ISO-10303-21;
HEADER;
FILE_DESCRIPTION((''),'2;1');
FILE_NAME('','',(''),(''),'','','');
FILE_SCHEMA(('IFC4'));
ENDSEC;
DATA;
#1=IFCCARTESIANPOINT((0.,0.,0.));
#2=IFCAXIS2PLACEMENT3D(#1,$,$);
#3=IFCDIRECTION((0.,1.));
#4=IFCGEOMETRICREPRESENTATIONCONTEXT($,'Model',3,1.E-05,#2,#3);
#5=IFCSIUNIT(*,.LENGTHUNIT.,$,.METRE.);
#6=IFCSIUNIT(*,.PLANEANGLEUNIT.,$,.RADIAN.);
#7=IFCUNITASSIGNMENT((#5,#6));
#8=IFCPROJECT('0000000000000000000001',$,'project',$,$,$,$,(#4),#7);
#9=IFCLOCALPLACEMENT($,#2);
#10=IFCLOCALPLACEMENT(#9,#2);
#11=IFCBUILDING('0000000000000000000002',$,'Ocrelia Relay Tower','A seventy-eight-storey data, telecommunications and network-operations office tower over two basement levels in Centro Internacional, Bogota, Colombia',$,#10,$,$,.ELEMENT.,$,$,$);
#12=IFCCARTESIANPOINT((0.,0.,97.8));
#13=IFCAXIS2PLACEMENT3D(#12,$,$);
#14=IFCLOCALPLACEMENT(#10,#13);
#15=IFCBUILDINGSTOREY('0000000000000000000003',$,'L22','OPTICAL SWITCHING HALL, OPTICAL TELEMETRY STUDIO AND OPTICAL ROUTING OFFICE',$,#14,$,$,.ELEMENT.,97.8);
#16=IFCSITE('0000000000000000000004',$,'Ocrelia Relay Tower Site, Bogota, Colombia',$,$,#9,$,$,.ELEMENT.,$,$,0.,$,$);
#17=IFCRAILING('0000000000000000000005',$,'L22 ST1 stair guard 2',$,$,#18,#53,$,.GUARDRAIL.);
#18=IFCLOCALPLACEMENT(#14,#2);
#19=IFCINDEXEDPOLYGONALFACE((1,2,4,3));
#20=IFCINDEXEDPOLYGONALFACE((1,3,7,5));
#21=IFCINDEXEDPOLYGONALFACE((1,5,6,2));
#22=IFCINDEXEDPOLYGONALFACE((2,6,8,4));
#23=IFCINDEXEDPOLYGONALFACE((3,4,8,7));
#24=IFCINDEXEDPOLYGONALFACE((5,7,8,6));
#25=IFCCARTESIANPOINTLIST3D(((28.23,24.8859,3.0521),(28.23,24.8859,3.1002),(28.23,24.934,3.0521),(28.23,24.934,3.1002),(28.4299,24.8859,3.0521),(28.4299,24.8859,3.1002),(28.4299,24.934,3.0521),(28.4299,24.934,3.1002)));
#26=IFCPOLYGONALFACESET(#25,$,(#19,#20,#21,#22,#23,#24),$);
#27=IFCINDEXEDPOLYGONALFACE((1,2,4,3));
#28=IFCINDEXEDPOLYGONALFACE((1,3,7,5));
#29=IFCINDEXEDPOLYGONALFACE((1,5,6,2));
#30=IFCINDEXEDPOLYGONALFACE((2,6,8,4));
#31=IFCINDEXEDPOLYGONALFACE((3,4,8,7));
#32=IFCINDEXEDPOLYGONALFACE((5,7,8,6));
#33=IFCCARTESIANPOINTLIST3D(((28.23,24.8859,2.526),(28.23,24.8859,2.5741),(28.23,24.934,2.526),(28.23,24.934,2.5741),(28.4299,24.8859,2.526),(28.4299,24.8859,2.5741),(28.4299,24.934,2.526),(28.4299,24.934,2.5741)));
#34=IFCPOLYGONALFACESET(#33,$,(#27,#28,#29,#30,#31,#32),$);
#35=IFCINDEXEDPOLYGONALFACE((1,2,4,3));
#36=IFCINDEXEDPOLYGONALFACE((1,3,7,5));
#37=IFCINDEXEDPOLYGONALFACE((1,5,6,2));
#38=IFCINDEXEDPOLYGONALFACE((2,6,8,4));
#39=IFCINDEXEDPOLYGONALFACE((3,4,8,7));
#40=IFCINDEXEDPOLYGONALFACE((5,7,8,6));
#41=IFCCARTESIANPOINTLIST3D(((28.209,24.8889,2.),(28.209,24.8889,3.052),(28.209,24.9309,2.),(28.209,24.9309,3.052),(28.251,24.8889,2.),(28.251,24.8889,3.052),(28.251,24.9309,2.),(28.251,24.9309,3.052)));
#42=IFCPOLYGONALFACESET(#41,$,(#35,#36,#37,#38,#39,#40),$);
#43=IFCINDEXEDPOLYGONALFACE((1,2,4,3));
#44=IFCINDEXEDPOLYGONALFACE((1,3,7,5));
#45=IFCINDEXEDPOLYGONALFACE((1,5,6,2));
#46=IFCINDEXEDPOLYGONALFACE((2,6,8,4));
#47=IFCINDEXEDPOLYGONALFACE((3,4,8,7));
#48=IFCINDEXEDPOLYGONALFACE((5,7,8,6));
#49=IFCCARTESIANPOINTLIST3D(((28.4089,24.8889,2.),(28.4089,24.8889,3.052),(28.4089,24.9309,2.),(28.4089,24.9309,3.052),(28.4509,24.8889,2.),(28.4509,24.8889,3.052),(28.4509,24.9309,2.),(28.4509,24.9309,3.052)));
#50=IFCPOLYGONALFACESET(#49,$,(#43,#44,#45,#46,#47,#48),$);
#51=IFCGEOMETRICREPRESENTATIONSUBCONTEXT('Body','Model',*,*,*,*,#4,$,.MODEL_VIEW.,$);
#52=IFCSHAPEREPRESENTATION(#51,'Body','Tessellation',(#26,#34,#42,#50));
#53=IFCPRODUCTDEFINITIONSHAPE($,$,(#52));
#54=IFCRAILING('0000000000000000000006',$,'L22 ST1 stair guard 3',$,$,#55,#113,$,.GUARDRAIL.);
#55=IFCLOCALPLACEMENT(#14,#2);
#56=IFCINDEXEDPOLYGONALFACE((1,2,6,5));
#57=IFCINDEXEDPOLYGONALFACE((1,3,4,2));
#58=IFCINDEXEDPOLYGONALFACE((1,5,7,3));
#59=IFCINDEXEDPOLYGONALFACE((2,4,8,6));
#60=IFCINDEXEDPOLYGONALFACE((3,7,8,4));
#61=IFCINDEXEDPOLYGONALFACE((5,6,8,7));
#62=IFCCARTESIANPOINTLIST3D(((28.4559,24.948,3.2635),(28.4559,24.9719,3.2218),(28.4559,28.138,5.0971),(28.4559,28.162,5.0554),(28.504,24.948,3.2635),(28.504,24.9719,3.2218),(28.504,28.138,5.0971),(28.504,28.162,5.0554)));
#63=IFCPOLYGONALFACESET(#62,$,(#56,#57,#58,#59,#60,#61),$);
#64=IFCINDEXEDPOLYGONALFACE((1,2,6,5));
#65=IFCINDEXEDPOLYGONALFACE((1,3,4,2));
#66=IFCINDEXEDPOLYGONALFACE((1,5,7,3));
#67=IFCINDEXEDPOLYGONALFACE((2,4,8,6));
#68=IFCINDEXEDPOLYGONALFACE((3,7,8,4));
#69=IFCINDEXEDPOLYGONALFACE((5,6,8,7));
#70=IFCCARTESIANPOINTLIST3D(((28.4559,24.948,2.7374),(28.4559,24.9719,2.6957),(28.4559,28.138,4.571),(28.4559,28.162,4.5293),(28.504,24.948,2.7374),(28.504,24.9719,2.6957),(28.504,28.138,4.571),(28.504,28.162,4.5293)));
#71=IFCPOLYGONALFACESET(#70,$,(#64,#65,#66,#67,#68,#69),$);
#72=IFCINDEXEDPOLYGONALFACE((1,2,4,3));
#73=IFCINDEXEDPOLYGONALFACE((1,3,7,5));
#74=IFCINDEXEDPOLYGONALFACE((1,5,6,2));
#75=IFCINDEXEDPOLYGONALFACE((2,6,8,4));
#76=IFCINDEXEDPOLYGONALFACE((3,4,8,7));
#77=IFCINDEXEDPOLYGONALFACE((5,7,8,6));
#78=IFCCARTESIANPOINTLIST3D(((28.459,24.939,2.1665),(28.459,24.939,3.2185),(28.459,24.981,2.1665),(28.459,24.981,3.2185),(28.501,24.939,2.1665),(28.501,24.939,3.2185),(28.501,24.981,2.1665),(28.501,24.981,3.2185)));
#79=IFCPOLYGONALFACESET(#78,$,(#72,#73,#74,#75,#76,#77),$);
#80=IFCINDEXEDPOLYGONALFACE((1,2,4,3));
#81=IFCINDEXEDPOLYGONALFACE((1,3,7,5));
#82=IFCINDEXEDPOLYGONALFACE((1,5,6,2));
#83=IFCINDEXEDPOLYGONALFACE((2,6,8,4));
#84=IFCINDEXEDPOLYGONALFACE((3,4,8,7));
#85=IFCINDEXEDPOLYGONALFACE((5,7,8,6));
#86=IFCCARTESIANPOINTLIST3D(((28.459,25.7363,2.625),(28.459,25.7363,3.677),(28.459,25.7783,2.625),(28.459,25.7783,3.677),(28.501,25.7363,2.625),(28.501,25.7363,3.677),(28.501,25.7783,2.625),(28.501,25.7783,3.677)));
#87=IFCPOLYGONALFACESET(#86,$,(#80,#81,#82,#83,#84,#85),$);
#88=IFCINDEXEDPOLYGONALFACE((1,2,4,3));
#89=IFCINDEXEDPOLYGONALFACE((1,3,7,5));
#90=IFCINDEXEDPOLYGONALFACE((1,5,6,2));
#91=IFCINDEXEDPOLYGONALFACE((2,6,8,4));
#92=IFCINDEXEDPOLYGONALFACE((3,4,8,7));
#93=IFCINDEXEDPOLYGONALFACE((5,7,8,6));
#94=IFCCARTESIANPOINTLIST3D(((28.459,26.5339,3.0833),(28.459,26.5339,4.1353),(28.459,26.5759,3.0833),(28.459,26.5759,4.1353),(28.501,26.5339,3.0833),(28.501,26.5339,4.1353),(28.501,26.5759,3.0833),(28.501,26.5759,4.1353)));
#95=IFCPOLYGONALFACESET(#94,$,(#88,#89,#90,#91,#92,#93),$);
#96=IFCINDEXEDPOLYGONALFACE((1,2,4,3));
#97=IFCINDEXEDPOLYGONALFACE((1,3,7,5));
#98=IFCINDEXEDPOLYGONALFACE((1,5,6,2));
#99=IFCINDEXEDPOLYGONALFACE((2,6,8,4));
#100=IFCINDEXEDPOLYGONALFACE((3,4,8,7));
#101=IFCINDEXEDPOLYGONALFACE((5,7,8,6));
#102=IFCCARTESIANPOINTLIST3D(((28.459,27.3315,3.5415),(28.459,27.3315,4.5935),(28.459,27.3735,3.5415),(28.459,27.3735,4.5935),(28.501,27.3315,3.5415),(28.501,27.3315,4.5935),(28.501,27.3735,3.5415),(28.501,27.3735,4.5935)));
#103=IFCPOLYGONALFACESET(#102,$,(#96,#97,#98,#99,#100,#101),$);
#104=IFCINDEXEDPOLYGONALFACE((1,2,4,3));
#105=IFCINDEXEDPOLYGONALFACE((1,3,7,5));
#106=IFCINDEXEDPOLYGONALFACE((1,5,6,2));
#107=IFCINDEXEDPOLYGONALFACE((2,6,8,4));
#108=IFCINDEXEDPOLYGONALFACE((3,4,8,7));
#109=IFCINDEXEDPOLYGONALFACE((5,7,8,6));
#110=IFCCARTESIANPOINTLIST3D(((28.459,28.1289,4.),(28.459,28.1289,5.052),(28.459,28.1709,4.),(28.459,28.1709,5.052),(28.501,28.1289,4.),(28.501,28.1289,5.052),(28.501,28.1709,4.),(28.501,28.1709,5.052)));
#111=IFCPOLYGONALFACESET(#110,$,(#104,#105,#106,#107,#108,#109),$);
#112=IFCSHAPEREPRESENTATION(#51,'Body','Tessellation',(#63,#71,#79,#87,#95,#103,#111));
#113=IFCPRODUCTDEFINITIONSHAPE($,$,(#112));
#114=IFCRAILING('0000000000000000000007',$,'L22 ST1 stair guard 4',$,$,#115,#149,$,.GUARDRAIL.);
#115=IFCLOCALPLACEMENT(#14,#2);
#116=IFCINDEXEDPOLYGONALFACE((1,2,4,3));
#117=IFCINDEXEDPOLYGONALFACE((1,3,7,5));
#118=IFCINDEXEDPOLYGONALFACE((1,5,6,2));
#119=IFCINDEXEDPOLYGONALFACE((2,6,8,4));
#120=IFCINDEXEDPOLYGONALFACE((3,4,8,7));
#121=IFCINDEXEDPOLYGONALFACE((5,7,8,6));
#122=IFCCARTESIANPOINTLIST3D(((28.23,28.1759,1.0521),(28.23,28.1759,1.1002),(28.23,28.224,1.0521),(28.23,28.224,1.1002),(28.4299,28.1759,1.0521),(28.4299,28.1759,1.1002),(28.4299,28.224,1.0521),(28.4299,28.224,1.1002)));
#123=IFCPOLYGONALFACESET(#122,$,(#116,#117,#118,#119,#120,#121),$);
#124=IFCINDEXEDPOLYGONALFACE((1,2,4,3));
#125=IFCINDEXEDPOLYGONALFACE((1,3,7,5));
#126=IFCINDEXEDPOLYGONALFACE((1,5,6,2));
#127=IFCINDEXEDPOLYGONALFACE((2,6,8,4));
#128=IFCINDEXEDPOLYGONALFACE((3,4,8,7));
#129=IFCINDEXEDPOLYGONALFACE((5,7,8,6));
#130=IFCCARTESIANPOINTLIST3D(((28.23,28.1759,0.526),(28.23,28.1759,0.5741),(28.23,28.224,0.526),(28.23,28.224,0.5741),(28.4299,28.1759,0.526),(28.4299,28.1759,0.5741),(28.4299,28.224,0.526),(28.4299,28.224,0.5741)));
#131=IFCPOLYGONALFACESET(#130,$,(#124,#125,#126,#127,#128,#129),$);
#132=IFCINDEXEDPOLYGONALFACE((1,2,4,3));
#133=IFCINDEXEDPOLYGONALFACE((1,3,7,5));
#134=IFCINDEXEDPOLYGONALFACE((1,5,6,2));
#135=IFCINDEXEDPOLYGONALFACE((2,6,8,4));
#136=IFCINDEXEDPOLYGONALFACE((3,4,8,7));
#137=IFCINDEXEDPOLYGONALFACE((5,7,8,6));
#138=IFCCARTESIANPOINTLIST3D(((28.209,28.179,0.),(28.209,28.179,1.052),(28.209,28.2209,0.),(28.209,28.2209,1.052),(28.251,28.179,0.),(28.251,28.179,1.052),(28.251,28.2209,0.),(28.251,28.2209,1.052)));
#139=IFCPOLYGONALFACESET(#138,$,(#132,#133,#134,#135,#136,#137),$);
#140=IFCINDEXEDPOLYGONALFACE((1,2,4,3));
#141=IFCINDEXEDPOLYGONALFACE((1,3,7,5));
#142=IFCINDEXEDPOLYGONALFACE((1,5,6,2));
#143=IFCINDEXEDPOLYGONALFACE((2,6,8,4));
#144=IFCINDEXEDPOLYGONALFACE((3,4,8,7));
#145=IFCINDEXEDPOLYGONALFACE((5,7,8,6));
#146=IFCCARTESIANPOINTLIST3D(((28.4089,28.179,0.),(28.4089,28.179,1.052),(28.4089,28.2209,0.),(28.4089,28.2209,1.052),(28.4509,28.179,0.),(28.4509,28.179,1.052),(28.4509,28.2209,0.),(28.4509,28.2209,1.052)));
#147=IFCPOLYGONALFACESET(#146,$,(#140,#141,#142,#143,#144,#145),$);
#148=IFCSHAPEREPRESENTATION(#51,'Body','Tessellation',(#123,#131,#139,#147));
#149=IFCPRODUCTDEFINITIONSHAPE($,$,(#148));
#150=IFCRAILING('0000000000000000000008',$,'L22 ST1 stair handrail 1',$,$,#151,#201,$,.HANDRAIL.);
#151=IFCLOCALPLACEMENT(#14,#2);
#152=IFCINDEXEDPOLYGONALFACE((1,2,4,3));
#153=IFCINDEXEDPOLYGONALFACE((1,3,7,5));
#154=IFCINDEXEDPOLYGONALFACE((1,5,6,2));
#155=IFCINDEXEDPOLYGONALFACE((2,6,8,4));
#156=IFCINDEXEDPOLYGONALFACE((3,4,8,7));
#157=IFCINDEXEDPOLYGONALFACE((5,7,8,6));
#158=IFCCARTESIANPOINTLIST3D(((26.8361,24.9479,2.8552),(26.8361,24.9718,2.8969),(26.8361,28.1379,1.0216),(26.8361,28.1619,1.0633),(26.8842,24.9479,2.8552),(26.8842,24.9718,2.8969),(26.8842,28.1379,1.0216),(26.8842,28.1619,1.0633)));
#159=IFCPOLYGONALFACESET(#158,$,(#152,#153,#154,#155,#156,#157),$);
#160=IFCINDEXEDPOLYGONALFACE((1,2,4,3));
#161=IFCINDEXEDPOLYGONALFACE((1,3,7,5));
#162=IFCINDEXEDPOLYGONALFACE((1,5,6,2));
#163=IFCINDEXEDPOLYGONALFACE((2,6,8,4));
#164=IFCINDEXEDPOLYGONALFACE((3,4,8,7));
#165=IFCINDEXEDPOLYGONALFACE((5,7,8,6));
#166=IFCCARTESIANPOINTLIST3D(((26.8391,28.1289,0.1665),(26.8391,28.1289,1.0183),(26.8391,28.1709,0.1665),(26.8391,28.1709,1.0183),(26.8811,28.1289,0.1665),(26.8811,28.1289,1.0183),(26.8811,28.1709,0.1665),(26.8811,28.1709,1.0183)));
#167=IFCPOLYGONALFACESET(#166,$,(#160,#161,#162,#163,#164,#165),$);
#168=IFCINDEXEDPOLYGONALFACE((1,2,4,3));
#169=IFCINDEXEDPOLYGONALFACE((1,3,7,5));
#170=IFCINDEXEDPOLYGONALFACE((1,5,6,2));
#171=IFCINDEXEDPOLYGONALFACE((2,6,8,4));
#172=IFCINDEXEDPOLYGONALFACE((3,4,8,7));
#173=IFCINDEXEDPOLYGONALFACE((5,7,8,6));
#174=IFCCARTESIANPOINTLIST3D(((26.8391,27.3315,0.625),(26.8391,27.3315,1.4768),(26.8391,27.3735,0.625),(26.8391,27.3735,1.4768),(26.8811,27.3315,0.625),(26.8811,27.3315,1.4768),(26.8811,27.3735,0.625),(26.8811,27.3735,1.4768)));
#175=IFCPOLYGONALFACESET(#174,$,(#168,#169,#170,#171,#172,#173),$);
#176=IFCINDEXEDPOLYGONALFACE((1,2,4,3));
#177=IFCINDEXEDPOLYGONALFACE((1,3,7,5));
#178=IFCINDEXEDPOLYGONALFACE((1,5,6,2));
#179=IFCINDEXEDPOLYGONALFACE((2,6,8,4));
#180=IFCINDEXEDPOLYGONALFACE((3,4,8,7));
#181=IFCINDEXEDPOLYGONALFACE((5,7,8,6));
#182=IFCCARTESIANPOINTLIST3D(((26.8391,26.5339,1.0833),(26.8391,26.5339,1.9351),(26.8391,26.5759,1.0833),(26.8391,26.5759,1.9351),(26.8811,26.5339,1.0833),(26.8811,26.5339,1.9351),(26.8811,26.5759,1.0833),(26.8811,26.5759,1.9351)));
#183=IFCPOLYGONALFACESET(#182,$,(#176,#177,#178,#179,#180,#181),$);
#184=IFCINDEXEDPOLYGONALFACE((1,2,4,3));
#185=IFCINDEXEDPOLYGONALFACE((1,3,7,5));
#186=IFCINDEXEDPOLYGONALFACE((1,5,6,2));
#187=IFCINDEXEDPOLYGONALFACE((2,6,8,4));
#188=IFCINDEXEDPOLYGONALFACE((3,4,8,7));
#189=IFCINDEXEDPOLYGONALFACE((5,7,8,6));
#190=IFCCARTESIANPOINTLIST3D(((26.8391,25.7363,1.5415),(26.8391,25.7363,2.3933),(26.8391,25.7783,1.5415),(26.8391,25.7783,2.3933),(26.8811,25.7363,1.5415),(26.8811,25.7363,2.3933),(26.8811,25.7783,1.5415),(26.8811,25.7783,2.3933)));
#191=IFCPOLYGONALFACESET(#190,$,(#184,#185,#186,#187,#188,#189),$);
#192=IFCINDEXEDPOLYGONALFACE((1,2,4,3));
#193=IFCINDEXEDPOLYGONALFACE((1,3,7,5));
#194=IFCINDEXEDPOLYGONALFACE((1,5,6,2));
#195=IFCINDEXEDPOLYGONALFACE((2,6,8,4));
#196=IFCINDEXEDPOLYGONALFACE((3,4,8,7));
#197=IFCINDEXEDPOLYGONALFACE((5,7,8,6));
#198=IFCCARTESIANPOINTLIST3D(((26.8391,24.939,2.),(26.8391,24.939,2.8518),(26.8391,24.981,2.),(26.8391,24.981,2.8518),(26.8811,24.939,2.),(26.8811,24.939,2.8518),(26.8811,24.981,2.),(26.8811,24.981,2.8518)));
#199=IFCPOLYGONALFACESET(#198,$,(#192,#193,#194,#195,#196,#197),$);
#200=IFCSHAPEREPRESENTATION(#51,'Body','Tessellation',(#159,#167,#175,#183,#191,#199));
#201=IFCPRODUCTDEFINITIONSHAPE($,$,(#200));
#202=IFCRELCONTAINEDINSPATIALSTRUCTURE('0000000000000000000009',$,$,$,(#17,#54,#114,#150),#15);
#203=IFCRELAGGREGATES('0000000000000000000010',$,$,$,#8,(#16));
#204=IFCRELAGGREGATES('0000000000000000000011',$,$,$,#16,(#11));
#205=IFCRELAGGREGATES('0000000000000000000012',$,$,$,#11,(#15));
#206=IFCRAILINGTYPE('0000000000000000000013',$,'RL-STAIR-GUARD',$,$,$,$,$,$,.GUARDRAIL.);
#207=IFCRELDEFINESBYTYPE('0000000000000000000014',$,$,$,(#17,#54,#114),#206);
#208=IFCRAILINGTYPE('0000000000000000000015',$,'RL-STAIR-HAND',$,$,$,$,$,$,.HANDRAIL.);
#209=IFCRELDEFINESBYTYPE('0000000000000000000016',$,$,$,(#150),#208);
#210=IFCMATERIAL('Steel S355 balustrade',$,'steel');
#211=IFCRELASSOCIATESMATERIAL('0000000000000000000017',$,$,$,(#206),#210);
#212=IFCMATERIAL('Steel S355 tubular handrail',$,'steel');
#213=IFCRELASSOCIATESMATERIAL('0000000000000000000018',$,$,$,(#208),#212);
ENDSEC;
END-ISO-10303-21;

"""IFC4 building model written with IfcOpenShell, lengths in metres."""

from ifc_helpers import new_model, si_unit, direction, frame, origin, origin_2d, place, context, subcontext, project, spatial, rectangle, extrude, material, type_object, element, save


model = new_model("IFC4")

# Units and contexts
model_context = context("Model", 3, precision=1e-05, world=origin(), true_north=direction((0.0, 1.0)))
body_context = subcontext(model_context, "Body", "Model", "MODEL_VIEW")
ifc_project = project(units=[si_unit("LENGTHUNIT", "METRE"), si_unit("PLANEANGLEUNIT", "RADIAN")], contexts=[model_context])

# Site, building, storey
site_placement = place(None, origin())
site = spatial("IfcSite", under=ifc_project, at=site_placement, Name="Ocrelia Relay Tower Site, Bogota, Colombia", CompositionType="ELEMENT", RefElevation=0.0)
building_placement = place(site_placement, origin())
building = spatial("IfcBuilding", under=site, at=building_placement, Name="Ocrelia Relay Tower", Description="A seventy-eight-storey data, telecommunications and network-operations office tower over two basement levels in Centro Internacional, Bogota, Colombia", CompositionType="ELEMENT")
storey_placement = place(building_placement, frame((0.0, 0.0, 97.8)))
storey = spatial("IfcBuildingStorey", under=building, at=storey_placement, Name="L22", Description="OPTICAL SWITCHING HALL, OPTICAL TELEMETRY STUDIO AND OPTICAL ROUTING OFFICE", CompositionType="ELEMENT", Elevation=97.8)

# Railings
ifc_material_1 = material(Name="Steel S355 balustrade", Category="steel")
railing_type_1 = type_object("IfcRailingType", Name="RL-STAIR-GUARD", PredefinedType="GUARDRAIL", material=ifc_material_1)
railing_1_placement = place(storey_placement, frame((28.23, 24.9099, 2.0)))
element("IfcRailing", 1, at=railing_1_placement, inside=storey, type_object=railing_type_1, Name="L22 ST1 stair guard 2", PredefinedType="GUARDRAIL", context=body_context, shape_type="SweptSolid", body=[
    extrude(rectangle(XDim=0.0481, YDim=0.0481, at=origin_2d()), frame((0.0, 0.0, 1.0762), z_axis=(1.0, 0.0, 0.0), x_axis=(0.0, 1.0, 0.0)), (0.0, 0.0, 1.0), 0.2),
    extrude(rectangle(XDim=0.0481, YDim=0.0481, at=origin_2d()), frame((0.0, 0.0, 0.55), z_axis=(1.0, 0.0, 0.0), x_axis=(0.0, 1.0, 0.0)), (0.0, 0.0, 1.0), 0.2),
    extrude(rectangle(XDim=0.042, YDim=0.042, at=origin_2d()), origin(), (0.0, 0.0, 1.0), 1.052),
    extrude(rectangle(XDim=0.042, YDim=0.042, at=origin_2d()), frame((0.2, 0.0, 0.0)), (0.0, 0.0, 1.0), 1.052),
])
railing_2_placement = place(storey_placement, frame((28.48, 24.96, 2.1665)))
element("IfcRailing", 2, at=railing_2_placement, inside=storey, type_object=railing_type_1, Name="L22 ST1 stair guard 3", PredefinedType="GUARDRAIL", context=body_context, shape_type="SweptSolid", body=[
    extrude(rectangle(XDim=0.0481, YDim=0.0481, at=origin_2d()), frame((0.0, 0.0, 1.0762), z_axis=(0.0, 0.866991, 0.498324), x_axis=(-1.0, 0.0, 0.0)), (0.0, 0.0, 1.0), 3.6794),
    extrude(rectangle(XDim=0.0481, YDim=0.0481, at=origin_2d()), frame((0.0, 0.0, 0.55), z_axis=(0.0, 0.866991, 0.498324), x_axis=(-1.0, 0.0, 0.0)), (0.0, 0.0, 1.0), 3.6794),
    extrude(rectangle(XDim=0.042, YDim=0.042, at=origin_2d()), origin(), (0.0, 0.0, 1.0), 1.052),
    extrude(rectangle(XDim=0.042, YDim=0.042, at=origin_2d()), frame((0.0, 0.7974, 0.4585)), (0.0, 0.0, 1.0), 1.052),
    extrude(rectangle(XDim=0.042, YDim=0.042, at=origin_2d()), frame((0.0, 1.595, 0.9167)), (0.0, 0.0, 1.0), 1.052),
    extrude(rectangle(XDim=0.042, YDim=0.042, at=origin_2d()), frame((0.0, 2.3926, 1.375)), (0.0, 0.0, 1.0), 1.052),
    extrude(rectangle(XDim=0.042, YDim=0.042, at=origin_2d()), frame((0.0, 3.1899, 1.8335)), (0.0, 0.0, 1.0), 1.052),
])
railing_3_placement = place(storey_placement, frame((28.23, 28.2, 0.0)))
element("IfcRailing", 3, at=railing_3_placement, inside=storey, type_object=railing_type_1, Name="L22 ST1 stair guard 4", PredefinedType="GUARDRAIL", context=body_context, shape_type="SweptSolid", body=[
    extrude(rectangle(XDim=0.0481, YDim=0.0481, at=origin_2d()), frame((0.0, 0.0, 1.0762), z_axis=(1.0, 0.0, 0.0), x_axis=(0.0, 1.0, 0.0)), (0.0, 0.0, 1.0), 0.2),
    extrude(rectangle(XDim=0.0481, YDim=0.0481, at=origin_2d()), frame((0.0, 0.0, 0.55), z_axis=(1.0, 0.0, 0.0), x_axis=(0.0, 1.0, 0.0)), (0.0, 0.0, 1.0), 0.2),
    extrude(rectangle(XDim=0.042, YDim=0.042, at=origin_2d()), origin(), (0.0, 0.0, 1.0), 1.052),
    extrude(rectangle(XDim=0.042, YDim=0.042, at=origin_2d()), frame((0.2, 0.0, 0.0)), (0.0, 0.0, 1.0), 1.052),
])
ifc_material_2 = material(Name="Steel S355 tubular handrail", Category="steel")
railing_type_2 = type_object("IfcRailingType", Name="RL-STAIR-HAND", PredefinedType="HANDRAIL", material=ifc_material_2)
railing_4_placement = place(storey_placement, frame((26.8601, 28.1499, 0.1665)))
element("IfcRailing", 4, at=railing_4_placement, inside=storey, type_object=railing_type_2, Name="L22 ST1 stair handrail 1", PredefinedType="HANDRAIL", context=body_context, shape_type="SweptSolid", body=[
    extrude(rectangle(XDim=0.0481, YDim=0.0481, at=origin_2d()), frame((0.0, 0.0, 0.876), z_axis=(0.0, -0.866991, 0.498324), x_axis=(1.0, 0.0, 0.0)), (0.0, 0.0, 1.0), 3.6794),
    extrude(rectangle(XDim=0.042, YDim=0.042, at=origin_2d()), origin(), (0.0, 0.0, 1.0), 0.8518),
    extrude(rectangle(XDim=0.042, YDim=0.042, at=origin_2d()), frame((0.0, -0.7974, 0.4585)), (0.0, 0.0, 1.0), 0.8518),
    extrude(rectangle(XDim=0.042, YDim=0.042, at=origin_2d()), frame((0.0, -1.595, 0.9167)), (0.0, 0.0, 1.0), 0.8518),
    extrude(rectangle(XDim=0.042, YDim=0.042, at=origin_2d()), frame((0.0, -2.3926, 1.375)), (0.0, 0.0, 1.0), 0.8518),
    extrude(rectangle(XDim=0.042, YDim=0.042, at=origin_2d()), frame((0.0, -3.1899, 1.8335)), (0.0, 0.0, 1.0), 0.8518),
])

save(model, "model.ifc")
